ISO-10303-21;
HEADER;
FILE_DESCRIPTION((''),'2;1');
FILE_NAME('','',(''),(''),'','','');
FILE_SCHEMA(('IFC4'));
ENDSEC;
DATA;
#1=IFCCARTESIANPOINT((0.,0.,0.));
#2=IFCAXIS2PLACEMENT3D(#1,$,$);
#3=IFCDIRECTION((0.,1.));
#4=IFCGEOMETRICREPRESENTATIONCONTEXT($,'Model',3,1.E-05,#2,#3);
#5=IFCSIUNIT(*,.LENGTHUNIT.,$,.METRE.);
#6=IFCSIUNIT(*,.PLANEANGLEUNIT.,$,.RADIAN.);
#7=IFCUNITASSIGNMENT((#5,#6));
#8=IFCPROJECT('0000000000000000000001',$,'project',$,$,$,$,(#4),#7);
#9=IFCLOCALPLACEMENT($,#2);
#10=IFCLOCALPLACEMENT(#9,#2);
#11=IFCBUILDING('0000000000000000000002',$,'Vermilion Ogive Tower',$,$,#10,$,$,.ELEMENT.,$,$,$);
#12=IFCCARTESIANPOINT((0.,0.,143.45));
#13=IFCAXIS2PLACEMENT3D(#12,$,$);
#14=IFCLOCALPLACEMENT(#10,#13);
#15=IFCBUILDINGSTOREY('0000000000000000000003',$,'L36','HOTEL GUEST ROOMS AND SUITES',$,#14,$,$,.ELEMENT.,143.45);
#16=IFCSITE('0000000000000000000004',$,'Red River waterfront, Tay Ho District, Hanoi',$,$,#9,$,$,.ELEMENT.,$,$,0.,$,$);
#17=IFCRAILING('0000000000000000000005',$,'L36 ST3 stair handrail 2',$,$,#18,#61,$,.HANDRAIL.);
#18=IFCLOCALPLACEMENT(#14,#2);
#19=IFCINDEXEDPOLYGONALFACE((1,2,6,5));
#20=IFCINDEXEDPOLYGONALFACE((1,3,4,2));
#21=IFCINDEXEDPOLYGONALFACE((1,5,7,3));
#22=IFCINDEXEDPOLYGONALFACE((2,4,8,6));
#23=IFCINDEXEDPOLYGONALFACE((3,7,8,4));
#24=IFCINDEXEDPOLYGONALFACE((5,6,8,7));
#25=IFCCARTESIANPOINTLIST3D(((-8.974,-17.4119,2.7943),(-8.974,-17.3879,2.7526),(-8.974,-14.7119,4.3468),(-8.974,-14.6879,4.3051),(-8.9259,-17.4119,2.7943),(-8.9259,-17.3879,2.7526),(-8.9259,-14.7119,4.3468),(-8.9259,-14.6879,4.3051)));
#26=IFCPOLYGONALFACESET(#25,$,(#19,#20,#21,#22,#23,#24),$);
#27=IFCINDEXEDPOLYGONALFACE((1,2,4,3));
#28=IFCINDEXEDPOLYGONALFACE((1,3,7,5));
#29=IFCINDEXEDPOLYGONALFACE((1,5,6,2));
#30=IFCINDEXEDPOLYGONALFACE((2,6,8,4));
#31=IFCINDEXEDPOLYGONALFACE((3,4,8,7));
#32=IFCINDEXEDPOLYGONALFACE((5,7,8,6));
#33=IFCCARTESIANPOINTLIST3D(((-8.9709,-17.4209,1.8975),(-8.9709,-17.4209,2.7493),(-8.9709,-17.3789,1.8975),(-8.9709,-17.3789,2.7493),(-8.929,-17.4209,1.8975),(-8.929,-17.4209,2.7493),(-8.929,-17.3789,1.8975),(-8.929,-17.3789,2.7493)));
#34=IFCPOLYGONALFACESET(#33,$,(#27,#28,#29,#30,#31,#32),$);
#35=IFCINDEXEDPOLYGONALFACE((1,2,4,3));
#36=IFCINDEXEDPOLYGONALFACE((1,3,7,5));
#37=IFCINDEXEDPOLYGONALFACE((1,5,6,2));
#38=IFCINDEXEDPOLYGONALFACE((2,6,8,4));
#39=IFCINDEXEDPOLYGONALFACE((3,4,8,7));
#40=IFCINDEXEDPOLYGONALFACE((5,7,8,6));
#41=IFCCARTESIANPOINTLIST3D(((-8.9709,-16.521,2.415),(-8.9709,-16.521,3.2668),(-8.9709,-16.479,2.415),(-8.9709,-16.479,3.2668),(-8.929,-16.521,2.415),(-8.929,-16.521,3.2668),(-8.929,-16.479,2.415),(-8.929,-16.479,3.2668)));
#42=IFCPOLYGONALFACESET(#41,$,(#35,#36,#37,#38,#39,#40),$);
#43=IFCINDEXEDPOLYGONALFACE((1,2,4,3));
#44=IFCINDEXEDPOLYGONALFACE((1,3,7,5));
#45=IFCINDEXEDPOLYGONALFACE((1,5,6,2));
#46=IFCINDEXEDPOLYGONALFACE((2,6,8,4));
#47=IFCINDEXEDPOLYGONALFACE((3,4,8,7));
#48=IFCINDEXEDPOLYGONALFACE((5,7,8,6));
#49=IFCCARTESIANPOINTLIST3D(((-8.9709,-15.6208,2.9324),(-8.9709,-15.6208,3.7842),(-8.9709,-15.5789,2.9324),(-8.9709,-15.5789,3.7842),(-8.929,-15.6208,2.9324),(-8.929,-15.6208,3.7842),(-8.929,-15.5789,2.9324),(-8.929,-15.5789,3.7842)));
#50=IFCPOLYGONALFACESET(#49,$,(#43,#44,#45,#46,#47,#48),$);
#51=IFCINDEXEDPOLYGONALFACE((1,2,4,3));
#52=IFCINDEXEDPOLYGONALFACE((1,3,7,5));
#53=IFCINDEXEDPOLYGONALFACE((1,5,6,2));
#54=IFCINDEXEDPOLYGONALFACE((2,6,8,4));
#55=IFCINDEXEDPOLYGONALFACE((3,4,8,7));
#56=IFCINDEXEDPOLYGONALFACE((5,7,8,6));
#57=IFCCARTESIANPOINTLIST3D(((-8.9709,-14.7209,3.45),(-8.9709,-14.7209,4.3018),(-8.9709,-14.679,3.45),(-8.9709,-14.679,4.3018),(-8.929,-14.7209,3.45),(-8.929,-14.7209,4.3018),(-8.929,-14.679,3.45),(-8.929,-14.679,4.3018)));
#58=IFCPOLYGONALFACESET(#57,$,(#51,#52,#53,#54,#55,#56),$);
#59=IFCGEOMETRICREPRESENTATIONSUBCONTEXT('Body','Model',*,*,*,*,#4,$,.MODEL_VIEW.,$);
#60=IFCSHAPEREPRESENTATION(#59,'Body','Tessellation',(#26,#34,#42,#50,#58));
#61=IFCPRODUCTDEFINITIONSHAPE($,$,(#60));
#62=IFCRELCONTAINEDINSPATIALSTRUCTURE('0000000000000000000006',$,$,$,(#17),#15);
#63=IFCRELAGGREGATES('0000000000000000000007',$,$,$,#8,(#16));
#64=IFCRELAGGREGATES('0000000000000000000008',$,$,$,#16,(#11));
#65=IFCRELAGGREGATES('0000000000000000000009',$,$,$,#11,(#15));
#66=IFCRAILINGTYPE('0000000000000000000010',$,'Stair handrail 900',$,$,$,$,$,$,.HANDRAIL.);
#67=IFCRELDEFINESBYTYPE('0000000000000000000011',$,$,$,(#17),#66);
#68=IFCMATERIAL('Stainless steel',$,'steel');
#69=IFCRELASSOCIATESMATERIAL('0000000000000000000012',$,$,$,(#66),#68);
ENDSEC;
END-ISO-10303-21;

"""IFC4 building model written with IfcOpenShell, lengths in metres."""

from ifc_helpers import new_model, si_unit, direction, frame, origin, origin_2d, place, context, subcontext, project, spatial, rectangle, extrude, material, type_object, element, save


model = new_model("IFC4")

# Units and contexts
model_context = context("Model", 3, precision=1e-05, world=origin(), true_north=direction((0.0, 1.0)))
body_context = subcontext(model_context, "Body", "Model", "MODEL_VIEW")
ifc_project = project(units=[si_unit("LENGTHUNIT", "METRE"), si_unit("PLANEANGLEUNIT", "RADIAN")], contexts=[model_context])

# Site, building, storey
site_placement = place(None, origin())
site = spatial("IfcSite", under=ifc_project, at=site_placement, Name="Red River waterfront, Tay Ho District, Hanoi", CompositionType="ELEMENT", RefElevation=0.0)
building_placement = place(site_placement, origin())
building = spatial("IfcBuilding", under=site, at=building_placement, Name="Vermilion Ogive Tower", CompositionType="ELEMENT")
storey_placement = place(building_placement, frame((0.0, 0.0, 143.45)))
storey = spatial("IfcBuildingStorey", under=building, at=storey_placement, Name="L36", Description="HOTEL GUEST ROOMS AND SUITES", CompositionType="ELEMENT", Elevation=143.45)

# Railing
ifc_material_1 = material(Name="Stainless steel", Category="steel")
railing_type_1 = type_object("IfcRailingType", Name="Stair handrail 900", PredefinedType="HANDRAIL", material=ifc_material_1)
railing_1_placement = place(storey_placement, frame((-8.95, -17.3999, 1.8975)))
element("IfcRailing", 1, at=railing_1_placement, inside=storey, type_object=railing_type_1, Name="L36 ST3 stair handrail 2", PredefinedType="HANDRAIL", context=body_context, shape_type="SweptSolid", body=[
    extrude(rectangle(XDim=0.0481, YDim=0.0481, at=origin_2d()), frame((0.0, 0.0, 0.876), z_axis=(0.0, 0.866904, 0.498476), x_axis=(-1.0, 0.0, 0.0)), (0.0, 0.0, 1.0), 3.1145),
    extrude(rectangle(XDim=0.042, YDim=0.042, at=origin_2d()), origin(), (0.0, 0.0, 1.0), 0.8518),
    extrude(rectangle(XDim=0.042, YDim=0.042, at=origin_2d()), frame((0.0, 0.8999, 0.5176)), (0.0, 0.0, 1.0), 0.8518),
    extrude(rectangle(XDim=0.042, YDim=0.042, at=origin_2d()), frame((0.0, 1.8, 1.0349)), (0.0, 0.0, 1.0), 0.8518),
    extrude(rectangle(XDim=0.042, YDim=0.042, at=origin_2d()), frame((0.0, 2.7, 1.5525)), (0.0, 0.0, 1.0), 0.8518),
])

save(model, "model.ifc")
